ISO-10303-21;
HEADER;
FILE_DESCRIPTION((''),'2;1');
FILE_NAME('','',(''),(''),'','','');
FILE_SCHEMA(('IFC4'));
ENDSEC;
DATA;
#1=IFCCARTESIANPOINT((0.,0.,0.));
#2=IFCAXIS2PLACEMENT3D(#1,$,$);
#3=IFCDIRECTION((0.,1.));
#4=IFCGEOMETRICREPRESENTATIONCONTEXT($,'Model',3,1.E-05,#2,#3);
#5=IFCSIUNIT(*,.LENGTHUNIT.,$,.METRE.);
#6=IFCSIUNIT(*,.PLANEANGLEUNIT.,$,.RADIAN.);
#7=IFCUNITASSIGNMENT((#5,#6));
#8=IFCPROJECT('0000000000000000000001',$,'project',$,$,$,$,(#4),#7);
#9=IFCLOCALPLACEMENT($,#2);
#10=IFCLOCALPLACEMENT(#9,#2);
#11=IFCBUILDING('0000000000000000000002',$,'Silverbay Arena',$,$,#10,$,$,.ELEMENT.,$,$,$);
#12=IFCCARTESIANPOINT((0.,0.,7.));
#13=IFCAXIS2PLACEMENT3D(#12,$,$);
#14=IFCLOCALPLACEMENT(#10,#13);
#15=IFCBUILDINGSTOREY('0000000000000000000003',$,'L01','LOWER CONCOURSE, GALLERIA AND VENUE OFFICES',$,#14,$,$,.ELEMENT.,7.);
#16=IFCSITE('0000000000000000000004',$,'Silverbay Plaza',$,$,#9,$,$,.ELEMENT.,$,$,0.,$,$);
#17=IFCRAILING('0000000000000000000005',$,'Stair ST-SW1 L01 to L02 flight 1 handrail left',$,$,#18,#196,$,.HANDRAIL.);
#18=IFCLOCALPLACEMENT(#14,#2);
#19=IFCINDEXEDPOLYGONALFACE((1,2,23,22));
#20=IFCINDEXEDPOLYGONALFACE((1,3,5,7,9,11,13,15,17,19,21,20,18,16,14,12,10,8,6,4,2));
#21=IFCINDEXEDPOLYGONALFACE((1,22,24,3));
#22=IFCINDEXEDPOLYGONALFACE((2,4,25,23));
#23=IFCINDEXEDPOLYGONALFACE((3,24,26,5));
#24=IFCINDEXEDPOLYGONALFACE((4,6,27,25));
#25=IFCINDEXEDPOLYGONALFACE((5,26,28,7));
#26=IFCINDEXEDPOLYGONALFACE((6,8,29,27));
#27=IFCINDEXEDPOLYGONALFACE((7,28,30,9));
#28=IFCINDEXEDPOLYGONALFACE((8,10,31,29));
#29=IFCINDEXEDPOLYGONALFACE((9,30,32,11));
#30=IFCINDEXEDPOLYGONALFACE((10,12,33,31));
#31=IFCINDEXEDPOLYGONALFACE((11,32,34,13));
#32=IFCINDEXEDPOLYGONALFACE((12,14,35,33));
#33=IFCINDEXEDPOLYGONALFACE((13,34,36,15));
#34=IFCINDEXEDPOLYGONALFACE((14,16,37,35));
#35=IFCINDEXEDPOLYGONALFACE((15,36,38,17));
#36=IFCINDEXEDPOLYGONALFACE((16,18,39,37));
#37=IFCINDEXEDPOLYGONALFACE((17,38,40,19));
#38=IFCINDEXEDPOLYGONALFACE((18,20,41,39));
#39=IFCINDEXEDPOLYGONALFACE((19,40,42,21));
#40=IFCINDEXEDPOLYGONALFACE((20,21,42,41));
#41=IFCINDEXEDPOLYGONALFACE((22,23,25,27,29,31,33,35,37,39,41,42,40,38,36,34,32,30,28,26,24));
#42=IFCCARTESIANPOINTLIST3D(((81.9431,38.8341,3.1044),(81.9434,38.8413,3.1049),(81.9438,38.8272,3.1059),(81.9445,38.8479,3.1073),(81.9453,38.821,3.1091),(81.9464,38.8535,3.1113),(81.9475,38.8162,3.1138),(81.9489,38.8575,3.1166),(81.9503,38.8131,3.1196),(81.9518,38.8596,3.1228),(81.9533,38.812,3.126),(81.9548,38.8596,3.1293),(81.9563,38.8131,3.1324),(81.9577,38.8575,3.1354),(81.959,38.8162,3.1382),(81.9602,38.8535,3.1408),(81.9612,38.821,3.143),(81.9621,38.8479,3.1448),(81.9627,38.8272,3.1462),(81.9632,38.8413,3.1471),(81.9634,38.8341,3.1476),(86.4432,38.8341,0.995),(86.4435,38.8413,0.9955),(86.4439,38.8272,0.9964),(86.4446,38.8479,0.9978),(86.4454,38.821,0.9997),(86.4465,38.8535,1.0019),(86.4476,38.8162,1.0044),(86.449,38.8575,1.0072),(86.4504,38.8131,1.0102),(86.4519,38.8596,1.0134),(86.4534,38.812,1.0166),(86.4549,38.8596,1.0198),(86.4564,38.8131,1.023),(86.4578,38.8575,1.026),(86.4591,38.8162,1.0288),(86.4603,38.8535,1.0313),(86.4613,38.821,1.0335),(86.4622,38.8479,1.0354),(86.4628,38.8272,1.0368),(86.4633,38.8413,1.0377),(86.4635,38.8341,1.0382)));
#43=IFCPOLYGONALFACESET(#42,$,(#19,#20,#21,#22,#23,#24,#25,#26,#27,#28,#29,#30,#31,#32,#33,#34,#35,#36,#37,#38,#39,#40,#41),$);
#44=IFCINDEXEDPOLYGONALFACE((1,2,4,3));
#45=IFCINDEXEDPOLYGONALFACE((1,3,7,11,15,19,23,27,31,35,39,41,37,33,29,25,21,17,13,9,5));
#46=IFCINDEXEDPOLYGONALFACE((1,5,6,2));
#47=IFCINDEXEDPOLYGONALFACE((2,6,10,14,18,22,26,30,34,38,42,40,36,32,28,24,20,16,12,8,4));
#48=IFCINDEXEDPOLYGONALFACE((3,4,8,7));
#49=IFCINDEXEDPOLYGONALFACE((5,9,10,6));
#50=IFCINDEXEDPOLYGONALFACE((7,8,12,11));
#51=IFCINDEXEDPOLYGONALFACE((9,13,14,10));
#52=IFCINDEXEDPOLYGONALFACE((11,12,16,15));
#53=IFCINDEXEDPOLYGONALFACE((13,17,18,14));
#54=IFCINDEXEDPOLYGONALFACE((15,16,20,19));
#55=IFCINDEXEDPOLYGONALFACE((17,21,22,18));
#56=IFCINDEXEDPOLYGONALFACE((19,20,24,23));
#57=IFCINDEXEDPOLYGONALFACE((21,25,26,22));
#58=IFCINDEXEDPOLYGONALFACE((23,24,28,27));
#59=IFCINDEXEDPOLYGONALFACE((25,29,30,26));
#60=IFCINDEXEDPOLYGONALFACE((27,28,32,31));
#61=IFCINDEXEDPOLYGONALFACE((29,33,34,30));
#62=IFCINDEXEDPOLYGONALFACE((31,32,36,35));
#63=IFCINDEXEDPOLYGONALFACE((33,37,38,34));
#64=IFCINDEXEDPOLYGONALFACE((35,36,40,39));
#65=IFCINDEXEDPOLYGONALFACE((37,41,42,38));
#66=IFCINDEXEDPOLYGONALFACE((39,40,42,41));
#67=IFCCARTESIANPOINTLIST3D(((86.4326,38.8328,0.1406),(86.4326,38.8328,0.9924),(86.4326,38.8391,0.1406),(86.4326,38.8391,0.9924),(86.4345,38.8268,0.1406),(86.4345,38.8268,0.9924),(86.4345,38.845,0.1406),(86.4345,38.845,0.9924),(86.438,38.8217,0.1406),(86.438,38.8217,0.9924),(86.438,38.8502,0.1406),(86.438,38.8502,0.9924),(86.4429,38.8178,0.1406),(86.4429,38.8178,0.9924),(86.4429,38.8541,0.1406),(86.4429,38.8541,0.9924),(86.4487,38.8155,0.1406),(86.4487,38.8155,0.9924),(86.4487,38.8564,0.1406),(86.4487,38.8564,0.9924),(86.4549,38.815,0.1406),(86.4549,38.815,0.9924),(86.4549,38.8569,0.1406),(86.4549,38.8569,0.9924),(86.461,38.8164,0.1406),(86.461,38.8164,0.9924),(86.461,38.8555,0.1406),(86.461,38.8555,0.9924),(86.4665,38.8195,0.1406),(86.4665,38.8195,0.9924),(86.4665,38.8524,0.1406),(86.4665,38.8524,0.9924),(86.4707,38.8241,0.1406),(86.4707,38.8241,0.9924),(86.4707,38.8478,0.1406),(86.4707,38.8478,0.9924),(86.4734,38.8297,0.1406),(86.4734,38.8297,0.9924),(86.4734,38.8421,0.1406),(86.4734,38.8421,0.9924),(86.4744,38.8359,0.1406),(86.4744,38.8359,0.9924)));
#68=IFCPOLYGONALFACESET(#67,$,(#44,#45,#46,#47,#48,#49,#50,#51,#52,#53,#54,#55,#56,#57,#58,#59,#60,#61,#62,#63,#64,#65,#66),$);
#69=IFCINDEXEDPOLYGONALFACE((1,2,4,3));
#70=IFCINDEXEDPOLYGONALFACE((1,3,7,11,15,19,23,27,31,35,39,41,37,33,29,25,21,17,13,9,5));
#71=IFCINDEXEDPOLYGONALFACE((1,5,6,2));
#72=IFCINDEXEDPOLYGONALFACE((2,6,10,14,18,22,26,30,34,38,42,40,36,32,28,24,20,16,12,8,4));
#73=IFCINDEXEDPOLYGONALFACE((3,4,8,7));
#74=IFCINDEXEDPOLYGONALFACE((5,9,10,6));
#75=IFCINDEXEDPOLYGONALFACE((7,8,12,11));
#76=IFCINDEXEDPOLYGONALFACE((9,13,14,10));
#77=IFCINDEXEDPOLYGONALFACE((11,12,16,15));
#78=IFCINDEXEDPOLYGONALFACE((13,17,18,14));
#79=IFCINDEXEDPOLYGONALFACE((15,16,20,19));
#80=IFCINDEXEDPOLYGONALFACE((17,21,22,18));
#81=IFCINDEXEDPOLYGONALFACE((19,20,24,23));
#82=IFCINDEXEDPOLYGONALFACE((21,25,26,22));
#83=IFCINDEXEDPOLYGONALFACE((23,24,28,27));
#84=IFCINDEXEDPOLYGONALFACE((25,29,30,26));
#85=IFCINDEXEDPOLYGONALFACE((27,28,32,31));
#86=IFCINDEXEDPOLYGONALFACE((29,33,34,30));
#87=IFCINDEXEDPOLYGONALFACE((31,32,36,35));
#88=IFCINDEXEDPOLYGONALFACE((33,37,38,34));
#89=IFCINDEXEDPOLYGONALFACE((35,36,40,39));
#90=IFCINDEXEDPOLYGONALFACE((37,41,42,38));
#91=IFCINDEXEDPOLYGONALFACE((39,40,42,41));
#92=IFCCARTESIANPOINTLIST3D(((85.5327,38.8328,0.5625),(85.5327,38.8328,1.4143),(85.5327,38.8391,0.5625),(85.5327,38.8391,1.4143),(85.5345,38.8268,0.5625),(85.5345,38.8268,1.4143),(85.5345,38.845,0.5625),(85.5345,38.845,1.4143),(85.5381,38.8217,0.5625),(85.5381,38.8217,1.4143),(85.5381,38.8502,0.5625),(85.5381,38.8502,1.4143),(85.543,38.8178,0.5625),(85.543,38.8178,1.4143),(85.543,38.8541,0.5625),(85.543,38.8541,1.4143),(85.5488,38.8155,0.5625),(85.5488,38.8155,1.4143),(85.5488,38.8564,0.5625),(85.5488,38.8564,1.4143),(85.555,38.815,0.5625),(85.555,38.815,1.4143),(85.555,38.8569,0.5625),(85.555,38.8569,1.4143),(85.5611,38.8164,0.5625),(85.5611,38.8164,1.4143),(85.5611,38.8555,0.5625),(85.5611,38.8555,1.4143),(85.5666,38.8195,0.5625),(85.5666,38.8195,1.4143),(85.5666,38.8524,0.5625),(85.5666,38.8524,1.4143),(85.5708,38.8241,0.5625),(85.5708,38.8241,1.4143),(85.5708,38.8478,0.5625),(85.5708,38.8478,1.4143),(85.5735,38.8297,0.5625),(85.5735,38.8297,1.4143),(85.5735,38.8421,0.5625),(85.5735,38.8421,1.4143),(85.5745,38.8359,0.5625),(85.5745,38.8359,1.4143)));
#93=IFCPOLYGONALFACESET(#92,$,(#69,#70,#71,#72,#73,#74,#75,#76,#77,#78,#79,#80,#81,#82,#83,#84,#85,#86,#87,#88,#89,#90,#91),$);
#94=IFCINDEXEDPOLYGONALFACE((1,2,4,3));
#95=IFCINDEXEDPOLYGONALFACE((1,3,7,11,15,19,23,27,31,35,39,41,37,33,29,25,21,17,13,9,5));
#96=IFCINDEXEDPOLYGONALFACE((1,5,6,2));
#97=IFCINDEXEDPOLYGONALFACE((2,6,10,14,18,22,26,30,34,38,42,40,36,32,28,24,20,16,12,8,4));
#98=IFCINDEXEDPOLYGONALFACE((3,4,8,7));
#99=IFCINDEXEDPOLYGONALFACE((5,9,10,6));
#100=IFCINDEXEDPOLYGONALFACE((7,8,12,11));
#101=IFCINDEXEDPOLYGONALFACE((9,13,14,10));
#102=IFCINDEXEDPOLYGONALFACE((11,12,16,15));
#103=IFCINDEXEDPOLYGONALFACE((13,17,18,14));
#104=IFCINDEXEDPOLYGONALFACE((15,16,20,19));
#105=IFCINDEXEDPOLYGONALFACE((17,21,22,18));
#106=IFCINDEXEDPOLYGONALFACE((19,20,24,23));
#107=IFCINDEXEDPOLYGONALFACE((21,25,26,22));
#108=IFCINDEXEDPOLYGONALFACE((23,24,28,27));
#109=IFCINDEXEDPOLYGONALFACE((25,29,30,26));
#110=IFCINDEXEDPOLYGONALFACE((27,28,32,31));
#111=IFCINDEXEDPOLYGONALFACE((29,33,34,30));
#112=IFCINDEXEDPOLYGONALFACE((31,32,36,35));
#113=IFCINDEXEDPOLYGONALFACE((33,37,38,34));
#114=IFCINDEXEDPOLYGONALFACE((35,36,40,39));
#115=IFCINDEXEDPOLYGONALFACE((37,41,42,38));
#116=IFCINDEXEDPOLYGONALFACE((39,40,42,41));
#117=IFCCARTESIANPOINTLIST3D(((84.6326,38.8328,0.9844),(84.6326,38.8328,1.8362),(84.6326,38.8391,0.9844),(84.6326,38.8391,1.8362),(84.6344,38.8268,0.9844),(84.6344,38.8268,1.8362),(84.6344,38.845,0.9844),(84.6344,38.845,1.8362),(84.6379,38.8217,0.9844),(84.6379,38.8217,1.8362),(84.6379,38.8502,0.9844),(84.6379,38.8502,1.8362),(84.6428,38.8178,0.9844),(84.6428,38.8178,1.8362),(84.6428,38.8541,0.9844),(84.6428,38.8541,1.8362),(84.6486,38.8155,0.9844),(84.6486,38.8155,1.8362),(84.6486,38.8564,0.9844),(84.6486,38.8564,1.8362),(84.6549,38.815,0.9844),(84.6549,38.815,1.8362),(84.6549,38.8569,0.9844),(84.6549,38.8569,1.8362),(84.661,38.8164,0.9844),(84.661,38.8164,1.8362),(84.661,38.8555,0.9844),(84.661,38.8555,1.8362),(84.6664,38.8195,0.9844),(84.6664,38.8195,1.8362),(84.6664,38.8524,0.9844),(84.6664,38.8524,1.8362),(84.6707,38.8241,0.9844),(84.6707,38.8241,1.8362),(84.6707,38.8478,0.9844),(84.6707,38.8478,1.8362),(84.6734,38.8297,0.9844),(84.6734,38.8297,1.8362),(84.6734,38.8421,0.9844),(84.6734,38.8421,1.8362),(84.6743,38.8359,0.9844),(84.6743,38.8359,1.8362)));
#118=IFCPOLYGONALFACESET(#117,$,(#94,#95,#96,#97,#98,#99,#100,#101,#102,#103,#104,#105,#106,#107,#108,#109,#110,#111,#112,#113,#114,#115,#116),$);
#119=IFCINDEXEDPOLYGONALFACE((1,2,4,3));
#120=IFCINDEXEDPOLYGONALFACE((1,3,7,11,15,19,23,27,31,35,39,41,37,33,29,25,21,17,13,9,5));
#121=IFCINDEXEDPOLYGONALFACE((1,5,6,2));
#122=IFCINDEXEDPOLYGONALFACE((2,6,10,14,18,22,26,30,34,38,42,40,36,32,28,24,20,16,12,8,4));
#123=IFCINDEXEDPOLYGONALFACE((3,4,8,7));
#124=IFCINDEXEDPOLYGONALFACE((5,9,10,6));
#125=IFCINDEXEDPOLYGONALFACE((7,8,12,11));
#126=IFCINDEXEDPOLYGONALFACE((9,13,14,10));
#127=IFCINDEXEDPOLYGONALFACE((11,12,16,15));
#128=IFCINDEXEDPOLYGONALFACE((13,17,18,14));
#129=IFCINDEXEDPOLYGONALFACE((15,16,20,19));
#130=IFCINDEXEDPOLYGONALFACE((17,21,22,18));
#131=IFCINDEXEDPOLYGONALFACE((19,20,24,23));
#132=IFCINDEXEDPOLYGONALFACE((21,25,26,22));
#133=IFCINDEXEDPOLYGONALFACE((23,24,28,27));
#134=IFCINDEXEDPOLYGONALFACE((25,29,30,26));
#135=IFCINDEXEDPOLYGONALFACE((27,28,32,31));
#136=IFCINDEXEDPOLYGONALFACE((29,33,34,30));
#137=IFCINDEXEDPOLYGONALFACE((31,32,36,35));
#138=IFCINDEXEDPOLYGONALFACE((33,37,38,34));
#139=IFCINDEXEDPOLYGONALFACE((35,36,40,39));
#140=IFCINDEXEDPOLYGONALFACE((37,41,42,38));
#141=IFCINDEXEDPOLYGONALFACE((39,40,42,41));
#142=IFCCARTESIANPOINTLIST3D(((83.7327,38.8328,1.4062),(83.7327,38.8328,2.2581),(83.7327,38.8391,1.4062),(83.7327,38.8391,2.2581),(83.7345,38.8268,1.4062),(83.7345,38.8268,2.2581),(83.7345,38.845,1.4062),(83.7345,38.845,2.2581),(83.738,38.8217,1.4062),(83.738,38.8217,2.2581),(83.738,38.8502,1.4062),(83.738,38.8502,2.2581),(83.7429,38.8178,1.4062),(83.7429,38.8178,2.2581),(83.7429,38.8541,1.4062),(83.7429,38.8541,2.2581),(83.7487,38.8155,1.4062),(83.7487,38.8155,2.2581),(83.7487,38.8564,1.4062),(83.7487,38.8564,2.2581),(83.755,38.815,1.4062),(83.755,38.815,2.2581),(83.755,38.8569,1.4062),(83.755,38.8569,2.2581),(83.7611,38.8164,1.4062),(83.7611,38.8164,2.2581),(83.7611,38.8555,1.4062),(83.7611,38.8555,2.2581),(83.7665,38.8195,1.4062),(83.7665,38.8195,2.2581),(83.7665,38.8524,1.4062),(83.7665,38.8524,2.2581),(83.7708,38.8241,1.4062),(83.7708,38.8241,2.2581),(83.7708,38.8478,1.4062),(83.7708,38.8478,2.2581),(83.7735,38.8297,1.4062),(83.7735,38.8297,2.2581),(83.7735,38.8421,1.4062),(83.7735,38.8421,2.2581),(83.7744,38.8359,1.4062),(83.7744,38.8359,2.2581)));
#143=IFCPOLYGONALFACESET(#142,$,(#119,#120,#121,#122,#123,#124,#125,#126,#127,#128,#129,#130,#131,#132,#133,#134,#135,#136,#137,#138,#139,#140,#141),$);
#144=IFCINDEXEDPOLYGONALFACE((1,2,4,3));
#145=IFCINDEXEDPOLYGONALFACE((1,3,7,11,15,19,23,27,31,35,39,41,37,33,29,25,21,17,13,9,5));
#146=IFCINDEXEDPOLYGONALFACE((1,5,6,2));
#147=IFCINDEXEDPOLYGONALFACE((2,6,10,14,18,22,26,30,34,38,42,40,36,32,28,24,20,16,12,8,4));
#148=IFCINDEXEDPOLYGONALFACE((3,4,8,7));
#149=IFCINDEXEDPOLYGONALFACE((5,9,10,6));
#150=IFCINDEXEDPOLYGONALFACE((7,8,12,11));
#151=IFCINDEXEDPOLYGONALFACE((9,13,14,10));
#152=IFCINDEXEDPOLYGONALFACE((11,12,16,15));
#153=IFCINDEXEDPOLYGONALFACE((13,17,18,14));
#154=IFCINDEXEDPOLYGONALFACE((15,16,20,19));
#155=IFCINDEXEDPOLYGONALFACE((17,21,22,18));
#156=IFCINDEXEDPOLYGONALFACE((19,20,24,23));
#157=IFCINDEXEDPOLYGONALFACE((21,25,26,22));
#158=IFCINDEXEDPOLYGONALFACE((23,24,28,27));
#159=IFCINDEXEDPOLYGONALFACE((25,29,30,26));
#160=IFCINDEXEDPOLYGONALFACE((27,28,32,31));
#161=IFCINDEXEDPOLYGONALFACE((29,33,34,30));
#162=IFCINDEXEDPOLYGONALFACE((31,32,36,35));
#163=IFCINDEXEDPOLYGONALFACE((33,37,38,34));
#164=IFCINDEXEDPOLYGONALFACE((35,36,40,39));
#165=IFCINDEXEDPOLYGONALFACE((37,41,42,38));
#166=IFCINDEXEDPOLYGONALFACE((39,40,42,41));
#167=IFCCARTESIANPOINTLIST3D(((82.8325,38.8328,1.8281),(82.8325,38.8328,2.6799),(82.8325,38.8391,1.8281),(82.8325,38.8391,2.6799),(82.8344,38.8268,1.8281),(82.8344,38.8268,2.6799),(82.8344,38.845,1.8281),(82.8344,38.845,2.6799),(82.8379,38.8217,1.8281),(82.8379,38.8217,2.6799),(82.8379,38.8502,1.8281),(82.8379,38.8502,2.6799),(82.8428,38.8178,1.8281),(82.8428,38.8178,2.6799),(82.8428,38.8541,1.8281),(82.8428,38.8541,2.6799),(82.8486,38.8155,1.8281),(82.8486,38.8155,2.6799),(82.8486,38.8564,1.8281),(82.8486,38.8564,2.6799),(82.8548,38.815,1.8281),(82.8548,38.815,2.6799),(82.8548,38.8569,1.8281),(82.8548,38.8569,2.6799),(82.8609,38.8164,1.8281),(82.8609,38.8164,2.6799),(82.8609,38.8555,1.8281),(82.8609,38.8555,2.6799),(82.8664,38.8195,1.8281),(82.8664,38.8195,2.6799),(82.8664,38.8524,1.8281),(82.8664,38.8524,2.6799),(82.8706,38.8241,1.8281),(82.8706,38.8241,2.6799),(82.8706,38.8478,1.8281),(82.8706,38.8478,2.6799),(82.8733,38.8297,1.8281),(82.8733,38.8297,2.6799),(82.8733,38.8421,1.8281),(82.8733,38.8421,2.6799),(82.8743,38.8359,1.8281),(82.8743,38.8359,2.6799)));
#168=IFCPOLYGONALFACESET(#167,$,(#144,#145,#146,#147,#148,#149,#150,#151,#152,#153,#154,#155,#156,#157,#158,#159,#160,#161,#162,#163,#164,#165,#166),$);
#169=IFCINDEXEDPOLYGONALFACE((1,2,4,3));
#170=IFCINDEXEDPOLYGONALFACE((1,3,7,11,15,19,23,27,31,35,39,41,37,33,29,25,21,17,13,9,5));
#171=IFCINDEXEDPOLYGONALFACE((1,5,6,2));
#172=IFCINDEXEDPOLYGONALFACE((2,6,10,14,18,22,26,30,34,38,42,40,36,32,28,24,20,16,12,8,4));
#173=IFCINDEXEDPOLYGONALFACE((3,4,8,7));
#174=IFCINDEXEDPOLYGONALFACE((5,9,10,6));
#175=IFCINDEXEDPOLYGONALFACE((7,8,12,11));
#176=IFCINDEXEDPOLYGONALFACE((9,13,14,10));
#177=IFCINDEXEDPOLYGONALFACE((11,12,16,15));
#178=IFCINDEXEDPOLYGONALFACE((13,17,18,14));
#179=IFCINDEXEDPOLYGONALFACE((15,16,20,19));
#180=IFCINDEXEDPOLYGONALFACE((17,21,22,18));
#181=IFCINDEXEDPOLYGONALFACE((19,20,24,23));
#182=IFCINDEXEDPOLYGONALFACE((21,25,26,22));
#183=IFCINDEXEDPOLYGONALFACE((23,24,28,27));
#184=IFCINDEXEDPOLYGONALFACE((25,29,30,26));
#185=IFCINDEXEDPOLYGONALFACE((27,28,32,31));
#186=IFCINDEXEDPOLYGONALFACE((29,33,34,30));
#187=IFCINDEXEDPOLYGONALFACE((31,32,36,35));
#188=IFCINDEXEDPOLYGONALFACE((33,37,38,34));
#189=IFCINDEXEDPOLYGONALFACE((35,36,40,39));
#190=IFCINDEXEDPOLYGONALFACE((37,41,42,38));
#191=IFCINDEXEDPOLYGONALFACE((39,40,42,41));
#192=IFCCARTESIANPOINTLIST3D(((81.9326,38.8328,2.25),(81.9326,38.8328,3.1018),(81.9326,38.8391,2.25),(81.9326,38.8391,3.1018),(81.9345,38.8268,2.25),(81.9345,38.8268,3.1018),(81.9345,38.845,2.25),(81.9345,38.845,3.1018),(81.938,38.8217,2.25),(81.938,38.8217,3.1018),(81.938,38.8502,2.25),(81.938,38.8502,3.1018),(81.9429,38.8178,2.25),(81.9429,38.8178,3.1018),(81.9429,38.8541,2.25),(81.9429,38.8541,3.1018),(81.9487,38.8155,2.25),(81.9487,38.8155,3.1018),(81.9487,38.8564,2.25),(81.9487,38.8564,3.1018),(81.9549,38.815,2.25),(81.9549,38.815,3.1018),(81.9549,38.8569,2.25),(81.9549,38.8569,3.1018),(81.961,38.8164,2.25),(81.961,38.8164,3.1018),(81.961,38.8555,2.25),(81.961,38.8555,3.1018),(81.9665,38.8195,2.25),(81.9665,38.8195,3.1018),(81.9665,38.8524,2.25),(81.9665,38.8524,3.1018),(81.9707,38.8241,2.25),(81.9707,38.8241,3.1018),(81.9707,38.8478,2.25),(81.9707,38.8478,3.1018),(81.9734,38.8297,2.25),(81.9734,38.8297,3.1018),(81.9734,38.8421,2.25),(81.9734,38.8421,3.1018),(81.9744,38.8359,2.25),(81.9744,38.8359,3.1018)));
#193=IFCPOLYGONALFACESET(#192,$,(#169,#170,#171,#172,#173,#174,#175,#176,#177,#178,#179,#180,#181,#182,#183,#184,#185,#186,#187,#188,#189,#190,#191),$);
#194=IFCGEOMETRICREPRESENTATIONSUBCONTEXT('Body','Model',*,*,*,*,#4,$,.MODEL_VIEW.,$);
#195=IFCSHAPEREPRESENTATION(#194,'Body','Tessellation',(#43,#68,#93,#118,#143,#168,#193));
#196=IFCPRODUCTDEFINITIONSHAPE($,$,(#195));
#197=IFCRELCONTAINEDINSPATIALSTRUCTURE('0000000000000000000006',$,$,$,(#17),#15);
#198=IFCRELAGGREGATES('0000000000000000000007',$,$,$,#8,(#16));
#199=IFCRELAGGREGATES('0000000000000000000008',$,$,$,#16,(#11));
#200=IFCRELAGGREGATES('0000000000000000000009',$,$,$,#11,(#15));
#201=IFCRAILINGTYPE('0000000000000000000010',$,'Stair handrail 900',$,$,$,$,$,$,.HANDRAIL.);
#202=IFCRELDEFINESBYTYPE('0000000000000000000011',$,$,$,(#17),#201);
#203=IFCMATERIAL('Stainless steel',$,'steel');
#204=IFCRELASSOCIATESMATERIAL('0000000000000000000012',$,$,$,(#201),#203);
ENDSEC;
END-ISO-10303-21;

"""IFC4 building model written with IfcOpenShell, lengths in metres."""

from ifc_helpers import new_model, si_unit, direction, frame, origin, origin_2d, place, context, subcontext, project, spatial, circle, extrude, material, type_object, element, save


model = new_model("IFC4")

# Units and contexts
model_context = context("Model", 3, precision=1e-05, world=origin(), true_north=direction((0.0, 1.0)))
body_context = subcontext(model_context, "Body", "Model", "MODEL_VIEW")
ifc_project = project(units=[si_unit("LENGTHUNIT", "METRE"), si_unit("PLANEANGLEUNIT", "RADIAN")], contexts=[model_context])

# Site, building, storey
site_placement = place(None, origin())
site = spatial("IfcSite", under=ifc_project, at=site_placement, Name="Silverbay Plaza", CompositionType="ELEMENT", RefElevation=0.0)
building_placement = place(site_placement, origin())
building = spatial("IfcBuilding", under=site, at=building_placement, Name="Silverbay Arena", CompositionType="ELEMENT")
storey_placement = place(building_placement, frame((0.0, 0.0, 7.0)))
storey = spatial("IfcBuildingStorey", under=building, at=storey_placement, Name="L01", Description="LOWER CONCOURSE, GALLERIA AND VENUE OFFICES", CompositionType="ELEMENT", Elevation=7.0)

# Railing
ifc_material_1 = material(Name="Stainless steel", Category="steel")
railing_type_1 = type_object("IfcRailingType", Name="Stair handrail 900", PredefinedType="HANDRAIL", material=ifc_material_1)
railing_1_placement = place(storey_placement, frame((86.4534, 38.8359, 0.1406)))
element("IfcRailing", 1, at=railing_1_placement, inside=storey, type_object=railing_type_1, Name="Stair ST-SW1 L01 to L02 flight 1 handrail left", PredefinedType="HANDRAIL", context=body_context, shape_type="SweptSolid", body=[
    extrude(circle(Radius=0.0239, at=origin_2d()), frame((0.0, 0.0, 0.876), z_axis=(-0.905459, 0.0, 0.424434), x_axis=(0.0, -1.0, 0.0)), (0.0, 0.0, 1.0), 4.97),
    extrude(circle(Radius=0.021, at=origin_2d()), origin(), (0.0, 0.0, 1.0), 0.8518),
    extrude(circle(Radius=0.021, at=origin_2d()), frame((-0.8999, 0.0, 0.4219)), (0.0, 0.0, 1.0), 0.8518),
    extrude(circle(Radius=0.021, at=origin_2d()), frame((-1.8, 0.0, 0.8438)), (0.0, 0.0, 1.0), 0.8518),
    extrude(circle(Radius=0.021, at=origin_2d()), frame((-2.7, 0.0, 1.2656)), (0.0, 0.0, 1.0), 0.8518),
    extrude(circle(Radius=0.021, at=origin_2d()), frame((-3.6001, 0.0, 1.6875)), (0.0, 0.0, 1.0), 0.8518),
    extrude(circle(Radius=0.021, at=origin_2d()), frame((-4.5, 0.0, 2.1094)), (0.0, 0.0, 1.0), 0.8518),
])

save(model, "model.ifc")
